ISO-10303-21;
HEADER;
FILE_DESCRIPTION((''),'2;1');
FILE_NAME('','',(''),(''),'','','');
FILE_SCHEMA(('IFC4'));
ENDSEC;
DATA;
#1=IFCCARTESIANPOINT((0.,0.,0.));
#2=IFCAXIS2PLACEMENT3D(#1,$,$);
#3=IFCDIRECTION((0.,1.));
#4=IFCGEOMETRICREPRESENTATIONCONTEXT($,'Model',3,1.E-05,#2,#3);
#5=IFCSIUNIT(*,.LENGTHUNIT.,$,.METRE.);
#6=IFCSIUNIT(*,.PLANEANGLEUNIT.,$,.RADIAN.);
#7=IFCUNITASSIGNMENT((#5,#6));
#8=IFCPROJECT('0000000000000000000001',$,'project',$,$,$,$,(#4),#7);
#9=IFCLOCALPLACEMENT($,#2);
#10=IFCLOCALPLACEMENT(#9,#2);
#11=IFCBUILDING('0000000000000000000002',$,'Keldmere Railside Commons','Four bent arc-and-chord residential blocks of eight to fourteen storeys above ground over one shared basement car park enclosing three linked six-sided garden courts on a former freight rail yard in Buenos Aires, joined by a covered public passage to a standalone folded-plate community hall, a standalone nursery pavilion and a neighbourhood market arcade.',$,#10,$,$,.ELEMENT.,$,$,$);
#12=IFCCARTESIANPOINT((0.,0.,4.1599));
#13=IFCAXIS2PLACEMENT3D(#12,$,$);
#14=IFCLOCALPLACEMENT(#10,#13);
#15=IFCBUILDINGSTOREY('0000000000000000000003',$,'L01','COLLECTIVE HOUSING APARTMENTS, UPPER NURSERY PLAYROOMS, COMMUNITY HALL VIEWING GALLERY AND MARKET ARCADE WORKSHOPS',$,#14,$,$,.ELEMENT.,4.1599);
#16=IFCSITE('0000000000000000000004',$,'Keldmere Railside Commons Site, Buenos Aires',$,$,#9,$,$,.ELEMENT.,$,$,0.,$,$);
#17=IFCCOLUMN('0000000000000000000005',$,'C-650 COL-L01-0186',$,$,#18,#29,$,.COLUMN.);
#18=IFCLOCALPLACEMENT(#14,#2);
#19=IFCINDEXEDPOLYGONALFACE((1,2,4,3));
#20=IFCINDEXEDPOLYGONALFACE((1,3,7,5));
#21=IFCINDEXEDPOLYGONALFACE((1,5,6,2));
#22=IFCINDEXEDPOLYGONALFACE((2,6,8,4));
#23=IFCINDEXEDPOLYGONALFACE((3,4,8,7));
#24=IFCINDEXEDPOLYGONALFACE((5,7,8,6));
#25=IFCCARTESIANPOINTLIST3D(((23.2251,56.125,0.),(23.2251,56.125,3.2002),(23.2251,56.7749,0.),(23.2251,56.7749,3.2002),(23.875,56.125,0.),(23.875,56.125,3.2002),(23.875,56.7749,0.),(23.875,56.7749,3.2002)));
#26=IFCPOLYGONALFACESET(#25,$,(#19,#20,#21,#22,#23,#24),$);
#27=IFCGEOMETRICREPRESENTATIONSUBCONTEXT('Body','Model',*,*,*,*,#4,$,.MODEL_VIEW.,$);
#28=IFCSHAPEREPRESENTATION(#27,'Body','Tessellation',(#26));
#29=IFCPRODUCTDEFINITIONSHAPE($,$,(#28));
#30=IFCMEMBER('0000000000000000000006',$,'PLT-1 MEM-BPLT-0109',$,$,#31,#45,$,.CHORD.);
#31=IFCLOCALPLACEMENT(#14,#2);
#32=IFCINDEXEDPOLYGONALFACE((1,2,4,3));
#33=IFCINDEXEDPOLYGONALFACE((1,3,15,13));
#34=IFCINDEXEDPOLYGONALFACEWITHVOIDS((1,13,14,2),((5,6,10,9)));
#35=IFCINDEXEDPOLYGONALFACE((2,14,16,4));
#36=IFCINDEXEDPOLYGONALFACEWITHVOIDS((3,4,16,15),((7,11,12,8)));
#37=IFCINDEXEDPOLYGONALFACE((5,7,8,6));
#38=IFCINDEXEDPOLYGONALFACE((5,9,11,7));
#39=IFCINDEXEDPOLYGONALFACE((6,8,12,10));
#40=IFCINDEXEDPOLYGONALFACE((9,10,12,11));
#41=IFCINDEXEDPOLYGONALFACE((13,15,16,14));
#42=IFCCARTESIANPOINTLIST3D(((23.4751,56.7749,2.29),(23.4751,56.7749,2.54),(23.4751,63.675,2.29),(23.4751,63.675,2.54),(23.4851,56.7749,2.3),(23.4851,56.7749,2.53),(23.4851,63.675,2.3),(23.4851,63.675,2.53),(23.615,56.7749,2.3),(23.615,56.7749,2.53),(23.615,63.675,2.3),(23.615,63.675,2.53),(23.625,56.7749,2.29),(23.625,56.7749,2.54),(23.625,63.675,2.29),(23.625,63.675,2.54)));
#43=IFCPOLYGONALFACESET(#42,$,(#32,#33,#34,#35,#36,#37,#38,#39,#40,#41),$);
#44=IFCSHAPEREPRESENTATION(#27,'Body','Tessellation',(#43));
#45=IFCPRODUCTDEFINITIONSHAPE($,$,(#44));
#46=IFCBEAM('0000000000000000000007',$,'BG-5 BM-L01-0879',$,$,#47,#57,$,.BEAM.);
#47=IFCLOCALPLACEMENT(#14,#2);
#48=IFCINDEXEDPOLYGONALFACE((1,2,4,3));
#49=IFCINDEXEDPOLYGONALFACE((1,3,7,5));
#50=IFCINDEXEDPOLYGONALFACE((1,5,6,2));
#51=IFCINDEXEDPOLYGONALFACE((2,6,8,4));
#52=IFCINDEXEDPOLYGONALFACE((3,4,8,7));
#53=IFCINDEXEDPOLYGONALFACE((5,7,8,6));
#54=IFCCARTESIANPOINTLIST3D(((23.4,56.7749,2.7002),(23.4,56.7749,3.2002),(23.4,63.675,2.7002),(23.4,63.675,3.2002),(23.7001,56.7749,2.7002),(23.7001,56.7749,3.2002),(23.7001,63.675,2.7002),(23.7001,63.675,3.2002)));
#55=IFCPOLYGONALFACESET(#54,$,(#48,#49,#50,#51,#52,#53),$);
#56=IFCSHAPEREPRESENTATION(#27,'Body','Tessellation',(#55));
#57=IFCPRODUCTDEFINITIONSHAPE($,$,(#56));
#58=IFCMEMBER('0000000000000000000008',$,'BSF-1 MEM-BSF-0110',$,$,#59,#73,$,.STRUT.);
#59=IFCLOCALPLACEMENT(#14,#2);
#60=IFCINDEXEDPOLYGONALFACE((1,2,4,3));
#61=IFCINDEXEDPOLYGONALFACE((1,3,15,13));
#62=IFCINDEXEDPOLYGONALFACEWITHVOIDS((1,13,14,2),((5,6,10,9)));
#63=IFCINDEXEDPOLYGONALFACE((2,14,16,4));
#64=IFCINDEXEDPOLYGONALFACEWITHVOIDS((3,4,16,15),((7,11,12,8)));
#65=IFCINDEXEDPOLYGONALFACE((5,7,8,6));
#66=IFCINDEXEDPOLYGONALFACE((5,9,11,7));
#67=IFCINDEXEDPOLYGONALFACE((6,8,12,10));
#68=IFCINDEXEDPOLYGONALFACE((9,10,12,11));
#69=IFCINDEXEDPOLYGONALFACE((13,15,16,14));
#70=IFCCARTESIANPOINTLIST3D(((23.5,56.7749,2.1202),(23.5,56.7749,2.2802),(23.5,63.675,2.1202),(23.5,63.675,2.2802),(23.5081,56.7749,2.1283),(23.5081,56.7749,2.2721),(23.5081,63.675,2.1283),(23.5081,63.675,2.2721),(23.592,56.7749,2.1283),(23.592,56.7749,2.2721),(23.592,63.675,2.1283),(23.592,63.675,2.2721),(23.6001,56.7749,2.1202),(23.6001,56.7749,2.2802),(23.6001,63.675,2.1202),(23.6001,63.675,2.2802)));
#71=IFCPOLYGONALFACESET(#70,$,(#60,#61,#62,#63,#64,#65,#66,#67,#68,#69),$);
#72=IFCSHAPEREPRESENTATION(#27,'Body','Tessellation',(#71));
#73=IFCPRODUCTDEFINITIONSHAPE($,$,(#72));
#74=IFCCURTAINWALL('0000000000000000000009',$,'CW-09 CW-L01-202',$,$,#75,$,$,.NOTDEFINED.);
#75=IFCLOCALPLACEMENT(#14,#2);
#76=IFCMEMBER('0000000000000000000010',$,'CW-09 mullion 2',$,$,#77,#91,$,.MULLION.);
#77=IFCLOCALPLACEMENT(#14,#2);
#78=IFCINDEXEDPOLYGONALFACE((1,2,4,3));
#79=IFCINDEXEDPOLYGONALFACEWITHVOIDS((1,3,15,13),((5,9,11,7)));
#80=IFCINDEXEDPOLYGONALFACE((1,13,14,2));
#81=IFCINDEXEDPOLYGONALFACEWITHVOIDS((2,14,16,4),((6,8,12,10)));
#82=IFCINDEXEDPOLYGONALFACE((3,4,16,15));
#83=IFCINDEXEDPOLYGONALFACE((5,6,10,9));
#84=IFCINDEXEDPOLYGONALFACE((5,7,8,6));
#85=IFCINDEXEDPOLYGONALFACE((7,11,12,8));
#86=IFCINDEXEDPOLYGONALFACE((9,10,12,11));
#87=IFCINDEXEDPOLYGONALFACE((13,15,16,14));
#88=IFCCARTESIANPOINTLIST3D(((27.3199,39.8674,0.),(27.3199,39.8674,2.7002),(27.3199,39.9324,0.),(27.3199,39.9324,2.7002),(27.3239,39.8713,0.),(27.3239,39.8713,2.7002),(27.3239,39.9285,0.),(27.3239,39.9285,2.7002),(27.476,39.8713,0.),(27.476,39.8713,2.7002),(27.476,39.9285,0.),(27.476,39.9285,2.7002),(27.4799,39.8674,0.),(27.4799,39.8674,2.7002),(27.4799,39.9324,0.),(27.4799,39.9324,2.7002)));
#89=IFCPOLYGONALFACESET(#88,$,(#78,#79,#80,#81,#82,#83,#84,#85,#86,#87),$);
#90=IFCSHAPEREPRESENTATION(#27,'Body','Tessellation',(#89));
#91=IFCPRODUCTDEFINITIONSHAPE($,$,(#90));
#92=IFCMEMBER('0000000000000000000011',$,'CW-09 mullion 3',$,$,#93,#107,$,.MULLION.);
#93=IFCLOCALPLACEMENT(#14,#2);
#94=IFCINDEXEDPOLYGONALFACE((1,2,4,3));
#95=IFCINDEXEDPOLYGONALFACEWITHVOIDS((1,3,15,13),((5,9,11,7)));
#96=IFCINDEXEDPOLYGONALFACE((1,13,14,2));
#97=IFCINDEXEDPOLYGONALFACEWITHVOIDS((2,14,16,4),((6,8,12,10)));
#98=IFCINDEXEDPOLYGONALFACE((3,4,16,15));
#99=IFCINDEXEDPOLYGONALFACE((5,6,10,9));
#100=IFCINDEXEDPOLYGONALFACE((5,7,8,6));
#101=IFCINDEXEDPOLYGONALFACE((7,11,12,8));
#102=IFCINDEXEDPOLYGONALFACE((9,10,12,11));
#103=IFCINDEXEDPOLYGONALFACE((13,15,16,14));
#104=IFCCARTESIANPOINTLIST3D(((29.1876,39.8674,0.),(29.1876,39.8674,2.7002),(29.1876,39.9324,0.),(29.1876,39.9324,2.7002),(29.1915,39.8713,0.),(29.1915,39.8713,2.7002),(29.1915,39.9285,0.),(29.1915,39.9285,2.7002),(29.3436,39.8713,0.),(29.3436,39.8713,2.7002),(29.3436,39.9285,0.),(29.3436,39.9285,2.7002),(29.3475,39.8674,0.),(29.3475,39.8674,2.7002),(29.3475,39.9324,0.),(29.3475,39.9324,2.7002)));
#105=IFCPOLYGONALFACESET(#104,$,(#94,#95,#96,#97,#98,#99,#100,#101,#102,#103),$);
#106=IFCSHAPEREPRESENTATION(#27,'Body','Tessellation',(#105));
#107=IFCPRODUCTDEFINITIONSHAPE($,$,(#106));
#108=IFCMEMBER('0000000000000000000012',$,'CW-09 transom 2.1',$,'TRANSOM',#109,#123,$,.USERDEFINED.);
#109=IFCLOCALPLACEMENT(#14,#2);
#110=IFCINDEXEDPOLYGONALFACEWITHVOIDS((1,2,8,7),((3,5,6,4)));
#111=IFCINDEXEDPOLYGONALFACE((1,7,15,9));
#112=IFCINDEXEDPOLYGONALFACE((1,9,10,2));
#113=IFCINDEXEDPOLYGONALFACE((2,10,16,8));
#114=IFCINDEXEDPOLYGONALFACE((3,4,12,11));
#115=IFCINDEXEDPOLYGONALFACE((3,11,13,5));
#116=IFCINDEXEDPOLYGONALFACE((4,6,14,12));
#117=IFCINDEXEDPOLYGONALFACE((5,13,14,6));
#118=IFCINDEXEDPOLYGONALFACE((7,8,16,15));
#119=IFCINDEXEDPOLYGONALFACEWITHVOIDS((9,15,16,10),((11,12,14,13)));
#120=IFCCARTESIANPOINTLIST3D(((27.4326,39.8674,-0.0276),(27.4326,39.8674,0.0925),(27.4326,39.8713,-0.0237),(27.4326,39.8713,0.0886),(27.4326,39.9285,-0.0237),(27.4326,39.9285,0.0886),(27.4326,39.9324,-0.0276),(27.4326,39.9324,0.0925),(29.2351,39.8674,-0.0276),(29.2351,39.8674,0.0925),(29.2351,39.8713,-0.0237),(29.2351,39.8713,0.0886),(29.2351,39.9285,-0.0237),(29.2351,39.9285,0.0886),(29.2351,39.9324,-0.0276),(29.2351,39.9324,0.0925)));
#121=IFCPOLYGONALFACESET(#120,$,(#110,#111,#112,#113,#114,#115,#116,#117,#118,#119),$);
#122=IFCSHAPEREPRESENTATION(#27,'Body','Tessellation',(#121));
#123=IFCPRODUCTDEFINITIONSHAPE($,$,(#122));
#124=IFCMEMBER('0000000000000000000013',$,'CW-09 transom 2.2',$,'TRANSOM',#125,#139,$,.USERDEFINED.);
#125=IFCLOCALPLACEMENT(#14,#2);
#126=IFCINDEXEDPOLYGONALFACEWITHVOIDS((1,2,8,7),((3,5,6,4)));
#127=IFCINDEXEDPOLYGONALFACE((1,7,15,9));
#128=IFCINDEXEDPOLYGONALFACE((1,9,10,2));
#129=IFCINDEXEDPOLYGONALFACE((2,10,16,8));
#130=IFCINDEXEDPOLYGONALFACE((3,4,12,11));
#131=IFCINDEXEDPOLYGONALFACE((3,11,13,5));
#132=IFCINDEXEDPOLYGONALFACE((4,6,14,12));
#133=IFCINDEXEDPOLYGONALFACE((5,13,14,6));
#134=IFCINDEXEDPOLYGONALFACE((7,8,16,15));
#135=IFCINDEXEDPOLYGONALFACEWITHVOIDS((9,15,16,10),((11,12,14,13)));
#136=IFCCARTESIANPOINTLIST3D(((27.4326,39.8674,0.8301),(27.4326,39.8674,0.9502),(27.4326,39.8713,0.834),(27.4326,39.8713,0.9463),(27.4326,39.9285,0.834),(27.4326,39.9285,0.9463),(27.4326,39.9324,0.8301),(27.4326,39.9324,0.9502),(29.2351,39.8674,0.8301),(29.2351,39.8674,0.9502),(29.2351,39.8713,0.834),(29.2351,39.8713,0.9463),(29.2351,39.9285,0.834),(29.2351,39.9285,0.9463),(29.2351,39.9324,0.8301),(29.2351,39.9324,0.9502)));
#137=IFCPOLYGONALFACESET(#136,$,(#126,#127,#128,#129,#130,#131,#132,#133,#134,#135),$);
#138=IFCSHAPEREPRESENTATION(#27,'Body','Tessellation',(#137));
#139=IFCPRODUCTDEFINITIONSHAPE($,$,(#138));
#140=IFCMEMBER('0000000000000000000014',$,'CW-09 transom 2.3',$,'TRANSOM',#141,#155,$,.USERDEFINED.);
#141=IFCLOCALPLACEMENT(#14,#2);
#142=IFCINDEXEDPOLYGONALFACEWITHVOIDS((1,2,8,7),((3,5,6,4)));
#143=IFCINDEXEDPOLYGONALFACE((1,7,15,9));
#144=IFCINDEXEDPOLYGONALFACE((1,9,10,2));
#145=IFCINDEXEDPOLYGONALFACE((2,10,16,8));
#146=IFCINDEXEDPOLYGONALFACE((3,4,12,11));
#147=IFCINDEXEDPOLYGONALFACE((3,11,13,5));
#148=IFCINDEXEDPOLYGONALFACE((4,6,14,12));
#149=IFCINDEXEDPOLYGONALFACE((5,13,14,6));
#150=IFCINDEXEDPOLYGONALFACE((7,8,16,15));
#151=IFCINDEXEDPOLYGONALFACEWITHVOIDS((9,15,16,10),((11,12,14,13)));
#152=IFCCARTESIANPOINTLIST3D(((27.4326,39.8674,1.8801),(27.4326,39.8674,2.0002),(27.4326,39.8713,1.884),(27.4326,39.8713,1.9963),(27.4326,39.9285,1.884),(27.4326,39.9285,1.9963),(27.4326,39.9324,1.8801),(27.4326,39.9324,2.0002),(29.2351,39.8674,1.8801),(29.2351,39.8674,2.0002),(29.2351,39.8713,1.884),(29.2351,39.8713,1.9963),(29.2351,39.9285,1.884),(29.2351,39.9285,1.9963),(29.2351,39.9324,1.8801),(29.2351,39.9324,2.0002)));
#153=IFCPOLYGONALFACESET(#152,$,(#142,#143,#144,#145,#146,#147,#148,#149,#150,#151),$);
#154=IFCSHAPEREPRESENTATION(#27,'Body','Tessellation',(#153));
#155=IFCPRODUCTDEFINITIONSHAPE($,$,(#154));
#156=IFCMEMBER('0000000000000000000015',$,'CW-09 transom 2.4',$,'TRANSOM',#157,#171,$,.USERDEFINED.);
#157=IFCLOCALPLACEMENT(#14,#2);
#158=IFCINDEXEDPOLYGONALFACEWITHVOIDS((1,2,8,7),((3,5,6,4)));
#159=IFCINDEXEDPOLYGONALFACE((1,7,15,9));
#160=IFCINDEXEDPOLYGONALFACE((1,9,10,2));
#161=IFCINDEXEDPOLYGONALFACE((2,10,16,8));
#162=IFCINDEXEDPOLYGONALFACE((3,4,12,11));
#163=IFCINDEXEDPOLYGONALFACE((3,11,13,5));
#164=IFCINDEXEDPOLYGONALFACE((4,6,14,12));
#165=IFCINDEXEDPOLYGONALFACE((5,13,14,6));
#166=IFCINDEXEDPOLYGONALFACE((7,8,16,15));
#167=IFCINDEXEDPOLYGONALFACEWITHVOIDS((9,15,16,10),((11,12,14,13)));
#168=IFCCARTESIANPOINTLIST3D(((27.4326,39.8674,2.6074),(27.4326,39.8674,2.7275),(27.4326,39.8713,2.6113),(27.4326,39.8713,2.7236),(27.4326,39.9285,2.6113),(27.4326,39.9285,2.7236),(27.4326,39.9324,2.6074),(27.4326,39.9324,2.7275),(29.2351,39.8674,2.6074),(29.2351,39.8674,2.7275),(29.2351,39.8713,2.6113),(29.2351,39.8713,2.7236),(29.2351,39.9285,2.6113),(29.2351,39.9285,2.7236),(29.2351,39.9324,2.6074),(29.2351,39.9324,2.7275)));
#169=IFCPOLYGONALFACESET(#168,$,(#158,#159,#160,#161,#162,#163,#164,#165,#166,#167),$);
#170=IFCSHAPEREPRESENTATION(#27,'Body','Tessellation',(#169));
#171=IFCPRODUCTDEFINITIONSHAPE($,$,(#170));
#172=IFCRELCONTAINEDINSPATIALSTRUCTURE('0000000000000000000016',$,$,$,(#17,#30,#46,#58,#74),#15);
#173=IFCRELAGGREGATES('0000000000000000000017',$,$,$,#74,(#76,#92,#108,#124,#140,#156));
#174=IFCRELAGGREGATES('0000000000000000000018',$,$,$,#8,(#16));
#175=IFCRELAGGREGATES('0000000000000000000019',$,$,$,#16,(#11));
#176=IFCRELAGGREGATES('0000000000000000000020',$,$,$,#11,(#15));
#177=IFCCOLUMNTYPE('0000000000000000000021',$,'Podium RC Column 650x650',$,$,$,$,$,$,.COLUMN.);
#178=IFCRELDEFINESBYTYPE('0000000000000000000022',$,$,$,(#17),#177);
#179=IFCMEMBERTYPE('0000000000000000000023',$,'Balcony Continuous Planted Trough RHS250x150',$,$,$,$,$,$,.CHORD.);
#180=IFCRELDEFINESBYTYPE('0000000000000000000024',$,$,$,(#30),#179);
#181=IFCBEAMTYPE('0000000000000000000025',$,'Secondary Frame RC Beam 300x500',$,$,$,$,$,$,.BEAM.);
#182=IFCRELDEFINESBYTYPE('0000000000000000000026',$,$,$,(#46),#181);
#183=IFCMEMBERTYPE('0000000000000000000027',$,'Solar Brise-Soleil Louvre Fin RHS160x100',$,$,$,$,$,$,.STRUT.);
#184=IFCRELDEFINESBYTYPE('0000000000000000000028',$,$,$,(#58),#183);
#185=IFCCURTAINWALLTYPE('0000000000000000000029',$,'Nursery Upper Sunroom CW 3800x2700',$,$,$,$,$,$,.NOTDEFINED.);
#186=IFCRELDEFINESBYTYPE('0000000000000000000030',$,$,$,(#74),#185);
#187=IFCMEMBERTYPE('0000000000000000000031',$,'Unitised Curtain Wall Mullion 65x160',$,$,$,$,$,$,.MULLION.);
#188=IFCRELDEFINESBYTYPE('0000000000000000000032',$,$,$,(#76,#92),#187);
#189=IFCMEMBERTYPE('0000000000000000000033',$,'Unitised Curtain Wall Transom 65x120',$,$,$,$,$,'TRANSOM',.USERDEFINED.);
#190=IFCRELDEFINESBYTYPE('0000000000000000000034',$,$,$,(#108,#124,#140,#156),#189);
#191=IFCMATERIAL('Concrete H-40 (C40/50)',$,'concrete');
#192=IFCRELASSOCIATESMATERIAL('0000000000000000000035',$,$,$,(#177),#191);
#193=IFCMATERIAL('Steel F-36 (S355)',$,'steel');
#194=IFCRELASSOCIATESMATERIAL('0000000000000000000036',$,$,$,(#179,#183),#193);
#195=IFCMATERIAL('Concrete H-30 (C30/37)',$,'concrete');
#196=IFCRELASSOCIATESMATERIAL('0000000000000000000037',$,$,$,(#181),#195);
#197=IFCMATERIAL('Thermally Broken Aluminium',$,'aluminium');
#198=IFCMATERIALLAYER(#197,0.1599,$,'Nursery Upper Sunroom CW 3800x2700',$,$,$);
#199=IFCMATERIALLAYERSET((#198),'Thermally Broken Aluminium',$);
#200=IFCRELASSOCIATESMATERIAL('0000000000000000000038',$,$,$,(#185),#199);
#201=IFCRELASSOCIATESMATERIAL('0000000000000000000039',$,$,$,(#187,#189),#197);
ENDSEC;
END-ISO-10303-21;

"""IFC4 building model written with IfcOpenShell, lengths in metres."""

from ifc_helpers import new_model, si_unit, direction, frame, origin, origin_2d, place, context, subcontext, project, spatial, rectangle, hollow_rectangle, extrude, material, layer, layer_set, material_profile, profile_set, type_object, element, aggregate, save


model = new_model("IFC4")

# Units and contexts
model_context = context("Model", 3, precision=1e-05, world=origin(), true_north=direction((0.0, 1.0)))
body_context = subcontext(model_context, "Body", "Model", "MODEL_VIEW")
ifc_project = project(units=[si_unit("LENGTHUNIT", "METRE"), si_unit("PLANEANGLEUNIT", "RADIAN")], contexts=[model_context])

# Site, building, storey
site_placement = place(None, origin())
site = spatial("IfcSite", under=ifc_project, at=site_placement, Name="Keldmere Railside Commons Site, Buenos Aires", CompositionType="ELEMENT", RefElevation=0.0)
building_placement = place(site_placement, origin())
building = spatial("IfcBuilding", under=site, at=building_placement, Name="Keldmere Railside Commons", Description="Four bent arc-and-chord residential blocks of eight to fourteen storeys above ground over one shared basement car park enclosing three linked six-sided garden courts on a former freight rail yard in Buenos Aires, joined by a covered public passage to a standalone folded-plate community hall, a standalone nursery pavilion and a neighbourhood market arcade.", CompositionType="ELEMENT")
storey_placement = place(building_placement, frame((0.0, 0.0, 4.1599)))
storey = spatial("IfcBuildingStorey", under=building, at=storey_placement, Name="L01", Description="COLLECTIVE HOUSING APARTMENTS, UPPER NURSERY PLAYROOMS, COMMUNITY HALL VIEWING GALLERY AND MARKET ARCADE WORKSHOPS", CompositionType="ELEMENT", Elevation=4.1599)

# Column
ifc_material_1 = material(Name="Concrete H-40 (C40/50)", Category="concrete")
ifc_material_profile_1 = material_profile(ifc_material_1, rectangle(XDim=0.6499, YDim=0.6499, at=origin_2d()), Name="RC-650x650")
ifc_profile_set_1 = profile_set([ifc_material_profile_1], Name="Concrete H-40 (C40/50)")
column_type = type_object("IfcColumnType", Name="Podium RC Column 650x650", PredefinedType="COLUMN", material=ifc_profile_set_1)
column_placement = place(storey_placement, frame((23.55, 56.45, 0.0), z_axis=(0.0, 0.0, 1.0), x_axis=(1.0, 0.0, 0.0)))
element("IfcColumn", 1, at=column_placement, inside=storey, type_object=column_type, Name="C-650 COL-L01-0186", PredefinedType="COLUMN", context=body_context, shape_type="SweptSolid", body=[
    extrude(rectangle(XDim=0.6499, YDim=0.6499, at=origin_2d()), origin(), (0.0, 0.0, 1.0), 3.2002),
])

# Member
ifc_material_2 = material(Name="Steel F-36 (S355)", Category="steel")
ifc_material_profile_2 = material_profile(ifc_material_2, hollow_rectangle(XDim=0.1499, YDim=0.25, WallThickness=0.01, at=origin_2d()), Name="RHS-250x150x10")
ifc_profile_set_2 = profile_set([ifc_material_profile_2], Name="Steel F-36 (S355)")
member_type_1 = type_object("IfcMemberType", Name="Balcony Continuous Planted Trough RHS250x150", PredefinedType="CHORD", material=ifc_profile_set_2)
member_1_placement = place(storey_placement, frame((23.55, 56.7749, 2.415), z_axis=(0.0, 1.0, 0.0), x_axis=(-1.0, 0.0, 0.0)))
element("IfcMember", 2, at=member_1_placement, inside=storey, type_object=member_type_1, Name="PLT-1 MEM-BPLT-0109", PredefinedType="CHORD", context=body_context, shape_type="SweptSolid", body=[
    extrude(hollow_rectangle(XDim=0.1499, YDim=0.25, WallThickness=0.01, at=origin_2d()), origin(), (0.0, 0.0, 1.0), 6.9001),
])

# Beam
ifc_material_3 = material(Name="Concrete H-30 (C30/37)", Category="concrete")
ifc_material_profile_3 = material_profile(ifc_material_3, rectangle(XDim=0.3, YDim=0.5, at=origin_2d()), Name="RC-300x500")
ifc_profile_set_3 = profile_set([ifc_material_profile_3], Name="Concrete H-30 (C30/37)")
beam_type = type_object("IfcBeamType", Name="Secondary Frame RC Beam 300x500", PredefinedType="BEAM", material=ifc_profile_set_3)
beam_placement = place(storey_placement, frame((23.55, 56.7749, 2.9502), z_axis=(0.0, 1.0, 0.0), x_axis=(-1.0, 0.0, 0.0)))
element("IfcBeam", 3, at=beam_placement, inside=storey, type_object=beam_type, Name="BG-5 BM-L01-0879", PredefinedType="BEAM", context=body_context, shape_type="SweptSolid", body=[
    extrude(rectangle(XDim=0.3, YDim=0.5, at=origin_2d()), origin(), (0.0, 0.0, 1.0), 6.9001),
])

# Member
ifc_material_profile_4 = material_profile(ifc_material_2, hollow_rectangle(XDim=0.1001, YDim=0.1599, WallThickness=0.0081, at=origin_2d()), Name="RHS-160x100x8")
ifc_profile_set_4 = profile_set([ifc_material_profile_4], Name="Steel F-36 (S355)")
member_type_2 = type_object("IfcMemberType", Name="Solar Brise-Soleil Louvre Fin RHS160x100", PredefinedType="STRUT", material=ifc_profile_set_4)
member_2_placement = place(storey_placement, frame((23.55, 56.7749, 2.2002), z_axis=(0.0, 1.0, 0.0), x_axis=(-1.0, 0.0, 0.0)))
element("IfcMember", 4, at=member_2_placement, inside=storey, type_object=member_type_2, Name="BSF-1 MEM-BSF-0110", PredefinedType="STRUT", context=body_context, shape_type="SweptSolid", body=[
    extrude(hollow_rectangle(XDim=0.1001, YDim=0.1599, WallThickness=0.0081, at=origin_2d()), origin(), (0.0, 0.0, 1.0), 6.9001),
])

# Curtain wall, members
ifc_material_4 = material(Name="Thermally Broken Aluminium", Category="aluminium")
ifc_layer_1 = layer(ifc_material_4, 0.1599, Name="Nursery Upper Sunroom CW 3800x2700")
ifc_layer_set_1 = layer_set([ifc_layer_1], Name="Thermally Broken Aluminium")
curtain_wall_type = type_object("IfcCurtainWallType", Name="Nursery Upper Sunroom CW 3800x2700", PredefinedType="NOTDEFINED", material=ifc_layer_set_1)
curtain_wall_placement = place(storey_placement, origin())
curtain_wall = element("IfcCurtainWall", 5, at=curtain_wall_placement, inside=storey, type_object=curtain_wall_type, Name="CW-09 CW-L01-202", PredefinedType="NOTDEFINED")
ifc_material_profile_5 = material_profile(ifc_material_4, hollow_rectangle(XDim=0.0649, YDim=0.1599, WallThickness=0.0039, at=origin_2d()), Name="ALU-MULL-65x160")
ifc_profile_set_5 = profile_set([ifc_material_profile_5], Name="Thermally Broken Aluminium")
member_type_3 = type_object("IfcMemberType", Name="Unitised Curtain Wall Mullion 65x160", PredefinedType="MULLION", material=ifc_profile_set_5)
member_3_placement = place(storey_placement, frame((27.3999, 39.8999, 0.0), z_axis=(0.0, 0.0, 1.0), x_axis=(0.0, 1.0, 0.0)))
member_3 = element("IfcMember", 6, at=member_3_placement, type_object=member_type_3, Name="CW-09 mullion 2", PredefinedType="MULLION", context=body_context, shape_type="SweptSolid", body=[
    extrude(hollow_rectangle(XDim=0.0649, YDim=0.1599, WallThickness=0.0039, at=origin_2d()), origin(), (0.0, 0.0, 1.0), 2.7002),
])
member_4_placement = place(storey_placement, frame((29.2676, 39.8999, 0.0), z_axis=(0.0, 0.0, 1.0), x_axis=(0.0, 1.0, 0.0)))
member_4 = element("IfcMember", 7, at=member_4_placement, type_object=member_type_3, Name="CW-09 mullion 3", PredefinedType="MULLION", context=body_context, shape_type="SweptSolid", body=[
    extrude(hollow_rectangle(XDim=0.0649, YDim=0.1599, WallThickness=0.0039, at=origin_2d()), origin(), (0.0, 0.0, 1.0), 2.7002),
])
ifc_material_profile_6 = material_profile(ifc_material_4, hollow_rectangle(XDim=0.0649, YDim=0.1201, WallThickness=0.0039, at=origin_2d()), Name="ALU-TRAN-65x120")
ifc_profile_set_6 = profile_set([ifc_material_profile_6], Name="Thermally Broken Aluminium")
member_type_4 = type_object("IfcMemberType", Name="Unitised Curtain Wall Transom 65x120", ElementType="TRANSOM", PredefinedType="USERDEFINED", material=ifc_profile_set_6)
member_5_placement = place(storey_placement, frame((27.4326, 39.8999, 0.0325), z_axis=(1.0, 0.0, 0.0), x_axis=(0.0, 1.0, 0.0)))
member_5 = element("IfcMember", 8, at=member_5_placement, type_object=member_type_4, Name="CW-09 transom 2.1", ObjectType="TRANSOM", PredefinedType="USERDEFINED", context=body_context, shape_type="SweptSolid", body=[
    extrude(hollow_rectangle(XDim=0.0649, YDim=0.1201, WallThickness=0.0039, at=origin_2d()), origin(), (0.0, 0.0, 1.0), 1.8025),
])
member_6_placement = place(storey_placement, frame((27.4326, 39.8999, 0.8901), z_axis=(1.0, 0.0, 0.0), x_axis=(0.0, 1.0, 0.0)))
member_6 = element("IfcMember", 9, at=member_6_placement, type_object=member_type_4, Name="CW-09 transom 2.2", ObjectType="TRANSOM", PredefinedType="USERDEFINED", context=body_context, shape_type="SweptSolid", body=[
    extrude(hollow_rectangle(XDim=0.0649, YDim=0.1201, WallThickness=0.0039, at=origin_2d()), origin(), (0.0, 0.0, 1.0), 1.8025),
])
member_7_placement = place(storey_placement, frame((27.4326, 39.8999, 1.9402), z_axis=(1.0, 0.0, 0.0), x_axis=(0.0, 1.0, 0.0)))
member_7 = element("IfcMember", 10, at=member_7_placement, type_object=member_type_4, Name="CW-09 transom 2.3", ObjectType="TRANSOM", PredefinedType="USERDEFINED", context=body_context, shape_type="SweptSolid", body=[
    extrude(hollow_rectangle(XDim=0.0649, YDim=0.1201, WallThickness=0.0039, at=origin_2d()), origin(), (0.0, 0.0, 1.0), 1.8025),
])
member_8_placement = place(storey_placement, frame((27.4326, 39.8999, 2.6675), z_axis=(1.0, 0.0, 0.0), x_axis=(0.0, 1.0, 0.0)))
member_8 = element("IfcMember", 11, at=member_8_placement, type_object=member_type_4, Name="CW-09 transom 2.4", ObjectType="TRANSOM", PredefinedType="USERDEFINED", context=body_context, shape_type="SweptSolid", body=[
    extrude(hollow_rectangle(XDim=0.0649, YDim=0.1201, WallThickness=0.0039, at=origin_2d()), origin(), (0.0, 0.0, 1.0), 1.8025),
])
aggregate(curtain_wall, [member_3, member_4, member_5, member_6, member_7, member_8])

save(model, "model.ifc")
